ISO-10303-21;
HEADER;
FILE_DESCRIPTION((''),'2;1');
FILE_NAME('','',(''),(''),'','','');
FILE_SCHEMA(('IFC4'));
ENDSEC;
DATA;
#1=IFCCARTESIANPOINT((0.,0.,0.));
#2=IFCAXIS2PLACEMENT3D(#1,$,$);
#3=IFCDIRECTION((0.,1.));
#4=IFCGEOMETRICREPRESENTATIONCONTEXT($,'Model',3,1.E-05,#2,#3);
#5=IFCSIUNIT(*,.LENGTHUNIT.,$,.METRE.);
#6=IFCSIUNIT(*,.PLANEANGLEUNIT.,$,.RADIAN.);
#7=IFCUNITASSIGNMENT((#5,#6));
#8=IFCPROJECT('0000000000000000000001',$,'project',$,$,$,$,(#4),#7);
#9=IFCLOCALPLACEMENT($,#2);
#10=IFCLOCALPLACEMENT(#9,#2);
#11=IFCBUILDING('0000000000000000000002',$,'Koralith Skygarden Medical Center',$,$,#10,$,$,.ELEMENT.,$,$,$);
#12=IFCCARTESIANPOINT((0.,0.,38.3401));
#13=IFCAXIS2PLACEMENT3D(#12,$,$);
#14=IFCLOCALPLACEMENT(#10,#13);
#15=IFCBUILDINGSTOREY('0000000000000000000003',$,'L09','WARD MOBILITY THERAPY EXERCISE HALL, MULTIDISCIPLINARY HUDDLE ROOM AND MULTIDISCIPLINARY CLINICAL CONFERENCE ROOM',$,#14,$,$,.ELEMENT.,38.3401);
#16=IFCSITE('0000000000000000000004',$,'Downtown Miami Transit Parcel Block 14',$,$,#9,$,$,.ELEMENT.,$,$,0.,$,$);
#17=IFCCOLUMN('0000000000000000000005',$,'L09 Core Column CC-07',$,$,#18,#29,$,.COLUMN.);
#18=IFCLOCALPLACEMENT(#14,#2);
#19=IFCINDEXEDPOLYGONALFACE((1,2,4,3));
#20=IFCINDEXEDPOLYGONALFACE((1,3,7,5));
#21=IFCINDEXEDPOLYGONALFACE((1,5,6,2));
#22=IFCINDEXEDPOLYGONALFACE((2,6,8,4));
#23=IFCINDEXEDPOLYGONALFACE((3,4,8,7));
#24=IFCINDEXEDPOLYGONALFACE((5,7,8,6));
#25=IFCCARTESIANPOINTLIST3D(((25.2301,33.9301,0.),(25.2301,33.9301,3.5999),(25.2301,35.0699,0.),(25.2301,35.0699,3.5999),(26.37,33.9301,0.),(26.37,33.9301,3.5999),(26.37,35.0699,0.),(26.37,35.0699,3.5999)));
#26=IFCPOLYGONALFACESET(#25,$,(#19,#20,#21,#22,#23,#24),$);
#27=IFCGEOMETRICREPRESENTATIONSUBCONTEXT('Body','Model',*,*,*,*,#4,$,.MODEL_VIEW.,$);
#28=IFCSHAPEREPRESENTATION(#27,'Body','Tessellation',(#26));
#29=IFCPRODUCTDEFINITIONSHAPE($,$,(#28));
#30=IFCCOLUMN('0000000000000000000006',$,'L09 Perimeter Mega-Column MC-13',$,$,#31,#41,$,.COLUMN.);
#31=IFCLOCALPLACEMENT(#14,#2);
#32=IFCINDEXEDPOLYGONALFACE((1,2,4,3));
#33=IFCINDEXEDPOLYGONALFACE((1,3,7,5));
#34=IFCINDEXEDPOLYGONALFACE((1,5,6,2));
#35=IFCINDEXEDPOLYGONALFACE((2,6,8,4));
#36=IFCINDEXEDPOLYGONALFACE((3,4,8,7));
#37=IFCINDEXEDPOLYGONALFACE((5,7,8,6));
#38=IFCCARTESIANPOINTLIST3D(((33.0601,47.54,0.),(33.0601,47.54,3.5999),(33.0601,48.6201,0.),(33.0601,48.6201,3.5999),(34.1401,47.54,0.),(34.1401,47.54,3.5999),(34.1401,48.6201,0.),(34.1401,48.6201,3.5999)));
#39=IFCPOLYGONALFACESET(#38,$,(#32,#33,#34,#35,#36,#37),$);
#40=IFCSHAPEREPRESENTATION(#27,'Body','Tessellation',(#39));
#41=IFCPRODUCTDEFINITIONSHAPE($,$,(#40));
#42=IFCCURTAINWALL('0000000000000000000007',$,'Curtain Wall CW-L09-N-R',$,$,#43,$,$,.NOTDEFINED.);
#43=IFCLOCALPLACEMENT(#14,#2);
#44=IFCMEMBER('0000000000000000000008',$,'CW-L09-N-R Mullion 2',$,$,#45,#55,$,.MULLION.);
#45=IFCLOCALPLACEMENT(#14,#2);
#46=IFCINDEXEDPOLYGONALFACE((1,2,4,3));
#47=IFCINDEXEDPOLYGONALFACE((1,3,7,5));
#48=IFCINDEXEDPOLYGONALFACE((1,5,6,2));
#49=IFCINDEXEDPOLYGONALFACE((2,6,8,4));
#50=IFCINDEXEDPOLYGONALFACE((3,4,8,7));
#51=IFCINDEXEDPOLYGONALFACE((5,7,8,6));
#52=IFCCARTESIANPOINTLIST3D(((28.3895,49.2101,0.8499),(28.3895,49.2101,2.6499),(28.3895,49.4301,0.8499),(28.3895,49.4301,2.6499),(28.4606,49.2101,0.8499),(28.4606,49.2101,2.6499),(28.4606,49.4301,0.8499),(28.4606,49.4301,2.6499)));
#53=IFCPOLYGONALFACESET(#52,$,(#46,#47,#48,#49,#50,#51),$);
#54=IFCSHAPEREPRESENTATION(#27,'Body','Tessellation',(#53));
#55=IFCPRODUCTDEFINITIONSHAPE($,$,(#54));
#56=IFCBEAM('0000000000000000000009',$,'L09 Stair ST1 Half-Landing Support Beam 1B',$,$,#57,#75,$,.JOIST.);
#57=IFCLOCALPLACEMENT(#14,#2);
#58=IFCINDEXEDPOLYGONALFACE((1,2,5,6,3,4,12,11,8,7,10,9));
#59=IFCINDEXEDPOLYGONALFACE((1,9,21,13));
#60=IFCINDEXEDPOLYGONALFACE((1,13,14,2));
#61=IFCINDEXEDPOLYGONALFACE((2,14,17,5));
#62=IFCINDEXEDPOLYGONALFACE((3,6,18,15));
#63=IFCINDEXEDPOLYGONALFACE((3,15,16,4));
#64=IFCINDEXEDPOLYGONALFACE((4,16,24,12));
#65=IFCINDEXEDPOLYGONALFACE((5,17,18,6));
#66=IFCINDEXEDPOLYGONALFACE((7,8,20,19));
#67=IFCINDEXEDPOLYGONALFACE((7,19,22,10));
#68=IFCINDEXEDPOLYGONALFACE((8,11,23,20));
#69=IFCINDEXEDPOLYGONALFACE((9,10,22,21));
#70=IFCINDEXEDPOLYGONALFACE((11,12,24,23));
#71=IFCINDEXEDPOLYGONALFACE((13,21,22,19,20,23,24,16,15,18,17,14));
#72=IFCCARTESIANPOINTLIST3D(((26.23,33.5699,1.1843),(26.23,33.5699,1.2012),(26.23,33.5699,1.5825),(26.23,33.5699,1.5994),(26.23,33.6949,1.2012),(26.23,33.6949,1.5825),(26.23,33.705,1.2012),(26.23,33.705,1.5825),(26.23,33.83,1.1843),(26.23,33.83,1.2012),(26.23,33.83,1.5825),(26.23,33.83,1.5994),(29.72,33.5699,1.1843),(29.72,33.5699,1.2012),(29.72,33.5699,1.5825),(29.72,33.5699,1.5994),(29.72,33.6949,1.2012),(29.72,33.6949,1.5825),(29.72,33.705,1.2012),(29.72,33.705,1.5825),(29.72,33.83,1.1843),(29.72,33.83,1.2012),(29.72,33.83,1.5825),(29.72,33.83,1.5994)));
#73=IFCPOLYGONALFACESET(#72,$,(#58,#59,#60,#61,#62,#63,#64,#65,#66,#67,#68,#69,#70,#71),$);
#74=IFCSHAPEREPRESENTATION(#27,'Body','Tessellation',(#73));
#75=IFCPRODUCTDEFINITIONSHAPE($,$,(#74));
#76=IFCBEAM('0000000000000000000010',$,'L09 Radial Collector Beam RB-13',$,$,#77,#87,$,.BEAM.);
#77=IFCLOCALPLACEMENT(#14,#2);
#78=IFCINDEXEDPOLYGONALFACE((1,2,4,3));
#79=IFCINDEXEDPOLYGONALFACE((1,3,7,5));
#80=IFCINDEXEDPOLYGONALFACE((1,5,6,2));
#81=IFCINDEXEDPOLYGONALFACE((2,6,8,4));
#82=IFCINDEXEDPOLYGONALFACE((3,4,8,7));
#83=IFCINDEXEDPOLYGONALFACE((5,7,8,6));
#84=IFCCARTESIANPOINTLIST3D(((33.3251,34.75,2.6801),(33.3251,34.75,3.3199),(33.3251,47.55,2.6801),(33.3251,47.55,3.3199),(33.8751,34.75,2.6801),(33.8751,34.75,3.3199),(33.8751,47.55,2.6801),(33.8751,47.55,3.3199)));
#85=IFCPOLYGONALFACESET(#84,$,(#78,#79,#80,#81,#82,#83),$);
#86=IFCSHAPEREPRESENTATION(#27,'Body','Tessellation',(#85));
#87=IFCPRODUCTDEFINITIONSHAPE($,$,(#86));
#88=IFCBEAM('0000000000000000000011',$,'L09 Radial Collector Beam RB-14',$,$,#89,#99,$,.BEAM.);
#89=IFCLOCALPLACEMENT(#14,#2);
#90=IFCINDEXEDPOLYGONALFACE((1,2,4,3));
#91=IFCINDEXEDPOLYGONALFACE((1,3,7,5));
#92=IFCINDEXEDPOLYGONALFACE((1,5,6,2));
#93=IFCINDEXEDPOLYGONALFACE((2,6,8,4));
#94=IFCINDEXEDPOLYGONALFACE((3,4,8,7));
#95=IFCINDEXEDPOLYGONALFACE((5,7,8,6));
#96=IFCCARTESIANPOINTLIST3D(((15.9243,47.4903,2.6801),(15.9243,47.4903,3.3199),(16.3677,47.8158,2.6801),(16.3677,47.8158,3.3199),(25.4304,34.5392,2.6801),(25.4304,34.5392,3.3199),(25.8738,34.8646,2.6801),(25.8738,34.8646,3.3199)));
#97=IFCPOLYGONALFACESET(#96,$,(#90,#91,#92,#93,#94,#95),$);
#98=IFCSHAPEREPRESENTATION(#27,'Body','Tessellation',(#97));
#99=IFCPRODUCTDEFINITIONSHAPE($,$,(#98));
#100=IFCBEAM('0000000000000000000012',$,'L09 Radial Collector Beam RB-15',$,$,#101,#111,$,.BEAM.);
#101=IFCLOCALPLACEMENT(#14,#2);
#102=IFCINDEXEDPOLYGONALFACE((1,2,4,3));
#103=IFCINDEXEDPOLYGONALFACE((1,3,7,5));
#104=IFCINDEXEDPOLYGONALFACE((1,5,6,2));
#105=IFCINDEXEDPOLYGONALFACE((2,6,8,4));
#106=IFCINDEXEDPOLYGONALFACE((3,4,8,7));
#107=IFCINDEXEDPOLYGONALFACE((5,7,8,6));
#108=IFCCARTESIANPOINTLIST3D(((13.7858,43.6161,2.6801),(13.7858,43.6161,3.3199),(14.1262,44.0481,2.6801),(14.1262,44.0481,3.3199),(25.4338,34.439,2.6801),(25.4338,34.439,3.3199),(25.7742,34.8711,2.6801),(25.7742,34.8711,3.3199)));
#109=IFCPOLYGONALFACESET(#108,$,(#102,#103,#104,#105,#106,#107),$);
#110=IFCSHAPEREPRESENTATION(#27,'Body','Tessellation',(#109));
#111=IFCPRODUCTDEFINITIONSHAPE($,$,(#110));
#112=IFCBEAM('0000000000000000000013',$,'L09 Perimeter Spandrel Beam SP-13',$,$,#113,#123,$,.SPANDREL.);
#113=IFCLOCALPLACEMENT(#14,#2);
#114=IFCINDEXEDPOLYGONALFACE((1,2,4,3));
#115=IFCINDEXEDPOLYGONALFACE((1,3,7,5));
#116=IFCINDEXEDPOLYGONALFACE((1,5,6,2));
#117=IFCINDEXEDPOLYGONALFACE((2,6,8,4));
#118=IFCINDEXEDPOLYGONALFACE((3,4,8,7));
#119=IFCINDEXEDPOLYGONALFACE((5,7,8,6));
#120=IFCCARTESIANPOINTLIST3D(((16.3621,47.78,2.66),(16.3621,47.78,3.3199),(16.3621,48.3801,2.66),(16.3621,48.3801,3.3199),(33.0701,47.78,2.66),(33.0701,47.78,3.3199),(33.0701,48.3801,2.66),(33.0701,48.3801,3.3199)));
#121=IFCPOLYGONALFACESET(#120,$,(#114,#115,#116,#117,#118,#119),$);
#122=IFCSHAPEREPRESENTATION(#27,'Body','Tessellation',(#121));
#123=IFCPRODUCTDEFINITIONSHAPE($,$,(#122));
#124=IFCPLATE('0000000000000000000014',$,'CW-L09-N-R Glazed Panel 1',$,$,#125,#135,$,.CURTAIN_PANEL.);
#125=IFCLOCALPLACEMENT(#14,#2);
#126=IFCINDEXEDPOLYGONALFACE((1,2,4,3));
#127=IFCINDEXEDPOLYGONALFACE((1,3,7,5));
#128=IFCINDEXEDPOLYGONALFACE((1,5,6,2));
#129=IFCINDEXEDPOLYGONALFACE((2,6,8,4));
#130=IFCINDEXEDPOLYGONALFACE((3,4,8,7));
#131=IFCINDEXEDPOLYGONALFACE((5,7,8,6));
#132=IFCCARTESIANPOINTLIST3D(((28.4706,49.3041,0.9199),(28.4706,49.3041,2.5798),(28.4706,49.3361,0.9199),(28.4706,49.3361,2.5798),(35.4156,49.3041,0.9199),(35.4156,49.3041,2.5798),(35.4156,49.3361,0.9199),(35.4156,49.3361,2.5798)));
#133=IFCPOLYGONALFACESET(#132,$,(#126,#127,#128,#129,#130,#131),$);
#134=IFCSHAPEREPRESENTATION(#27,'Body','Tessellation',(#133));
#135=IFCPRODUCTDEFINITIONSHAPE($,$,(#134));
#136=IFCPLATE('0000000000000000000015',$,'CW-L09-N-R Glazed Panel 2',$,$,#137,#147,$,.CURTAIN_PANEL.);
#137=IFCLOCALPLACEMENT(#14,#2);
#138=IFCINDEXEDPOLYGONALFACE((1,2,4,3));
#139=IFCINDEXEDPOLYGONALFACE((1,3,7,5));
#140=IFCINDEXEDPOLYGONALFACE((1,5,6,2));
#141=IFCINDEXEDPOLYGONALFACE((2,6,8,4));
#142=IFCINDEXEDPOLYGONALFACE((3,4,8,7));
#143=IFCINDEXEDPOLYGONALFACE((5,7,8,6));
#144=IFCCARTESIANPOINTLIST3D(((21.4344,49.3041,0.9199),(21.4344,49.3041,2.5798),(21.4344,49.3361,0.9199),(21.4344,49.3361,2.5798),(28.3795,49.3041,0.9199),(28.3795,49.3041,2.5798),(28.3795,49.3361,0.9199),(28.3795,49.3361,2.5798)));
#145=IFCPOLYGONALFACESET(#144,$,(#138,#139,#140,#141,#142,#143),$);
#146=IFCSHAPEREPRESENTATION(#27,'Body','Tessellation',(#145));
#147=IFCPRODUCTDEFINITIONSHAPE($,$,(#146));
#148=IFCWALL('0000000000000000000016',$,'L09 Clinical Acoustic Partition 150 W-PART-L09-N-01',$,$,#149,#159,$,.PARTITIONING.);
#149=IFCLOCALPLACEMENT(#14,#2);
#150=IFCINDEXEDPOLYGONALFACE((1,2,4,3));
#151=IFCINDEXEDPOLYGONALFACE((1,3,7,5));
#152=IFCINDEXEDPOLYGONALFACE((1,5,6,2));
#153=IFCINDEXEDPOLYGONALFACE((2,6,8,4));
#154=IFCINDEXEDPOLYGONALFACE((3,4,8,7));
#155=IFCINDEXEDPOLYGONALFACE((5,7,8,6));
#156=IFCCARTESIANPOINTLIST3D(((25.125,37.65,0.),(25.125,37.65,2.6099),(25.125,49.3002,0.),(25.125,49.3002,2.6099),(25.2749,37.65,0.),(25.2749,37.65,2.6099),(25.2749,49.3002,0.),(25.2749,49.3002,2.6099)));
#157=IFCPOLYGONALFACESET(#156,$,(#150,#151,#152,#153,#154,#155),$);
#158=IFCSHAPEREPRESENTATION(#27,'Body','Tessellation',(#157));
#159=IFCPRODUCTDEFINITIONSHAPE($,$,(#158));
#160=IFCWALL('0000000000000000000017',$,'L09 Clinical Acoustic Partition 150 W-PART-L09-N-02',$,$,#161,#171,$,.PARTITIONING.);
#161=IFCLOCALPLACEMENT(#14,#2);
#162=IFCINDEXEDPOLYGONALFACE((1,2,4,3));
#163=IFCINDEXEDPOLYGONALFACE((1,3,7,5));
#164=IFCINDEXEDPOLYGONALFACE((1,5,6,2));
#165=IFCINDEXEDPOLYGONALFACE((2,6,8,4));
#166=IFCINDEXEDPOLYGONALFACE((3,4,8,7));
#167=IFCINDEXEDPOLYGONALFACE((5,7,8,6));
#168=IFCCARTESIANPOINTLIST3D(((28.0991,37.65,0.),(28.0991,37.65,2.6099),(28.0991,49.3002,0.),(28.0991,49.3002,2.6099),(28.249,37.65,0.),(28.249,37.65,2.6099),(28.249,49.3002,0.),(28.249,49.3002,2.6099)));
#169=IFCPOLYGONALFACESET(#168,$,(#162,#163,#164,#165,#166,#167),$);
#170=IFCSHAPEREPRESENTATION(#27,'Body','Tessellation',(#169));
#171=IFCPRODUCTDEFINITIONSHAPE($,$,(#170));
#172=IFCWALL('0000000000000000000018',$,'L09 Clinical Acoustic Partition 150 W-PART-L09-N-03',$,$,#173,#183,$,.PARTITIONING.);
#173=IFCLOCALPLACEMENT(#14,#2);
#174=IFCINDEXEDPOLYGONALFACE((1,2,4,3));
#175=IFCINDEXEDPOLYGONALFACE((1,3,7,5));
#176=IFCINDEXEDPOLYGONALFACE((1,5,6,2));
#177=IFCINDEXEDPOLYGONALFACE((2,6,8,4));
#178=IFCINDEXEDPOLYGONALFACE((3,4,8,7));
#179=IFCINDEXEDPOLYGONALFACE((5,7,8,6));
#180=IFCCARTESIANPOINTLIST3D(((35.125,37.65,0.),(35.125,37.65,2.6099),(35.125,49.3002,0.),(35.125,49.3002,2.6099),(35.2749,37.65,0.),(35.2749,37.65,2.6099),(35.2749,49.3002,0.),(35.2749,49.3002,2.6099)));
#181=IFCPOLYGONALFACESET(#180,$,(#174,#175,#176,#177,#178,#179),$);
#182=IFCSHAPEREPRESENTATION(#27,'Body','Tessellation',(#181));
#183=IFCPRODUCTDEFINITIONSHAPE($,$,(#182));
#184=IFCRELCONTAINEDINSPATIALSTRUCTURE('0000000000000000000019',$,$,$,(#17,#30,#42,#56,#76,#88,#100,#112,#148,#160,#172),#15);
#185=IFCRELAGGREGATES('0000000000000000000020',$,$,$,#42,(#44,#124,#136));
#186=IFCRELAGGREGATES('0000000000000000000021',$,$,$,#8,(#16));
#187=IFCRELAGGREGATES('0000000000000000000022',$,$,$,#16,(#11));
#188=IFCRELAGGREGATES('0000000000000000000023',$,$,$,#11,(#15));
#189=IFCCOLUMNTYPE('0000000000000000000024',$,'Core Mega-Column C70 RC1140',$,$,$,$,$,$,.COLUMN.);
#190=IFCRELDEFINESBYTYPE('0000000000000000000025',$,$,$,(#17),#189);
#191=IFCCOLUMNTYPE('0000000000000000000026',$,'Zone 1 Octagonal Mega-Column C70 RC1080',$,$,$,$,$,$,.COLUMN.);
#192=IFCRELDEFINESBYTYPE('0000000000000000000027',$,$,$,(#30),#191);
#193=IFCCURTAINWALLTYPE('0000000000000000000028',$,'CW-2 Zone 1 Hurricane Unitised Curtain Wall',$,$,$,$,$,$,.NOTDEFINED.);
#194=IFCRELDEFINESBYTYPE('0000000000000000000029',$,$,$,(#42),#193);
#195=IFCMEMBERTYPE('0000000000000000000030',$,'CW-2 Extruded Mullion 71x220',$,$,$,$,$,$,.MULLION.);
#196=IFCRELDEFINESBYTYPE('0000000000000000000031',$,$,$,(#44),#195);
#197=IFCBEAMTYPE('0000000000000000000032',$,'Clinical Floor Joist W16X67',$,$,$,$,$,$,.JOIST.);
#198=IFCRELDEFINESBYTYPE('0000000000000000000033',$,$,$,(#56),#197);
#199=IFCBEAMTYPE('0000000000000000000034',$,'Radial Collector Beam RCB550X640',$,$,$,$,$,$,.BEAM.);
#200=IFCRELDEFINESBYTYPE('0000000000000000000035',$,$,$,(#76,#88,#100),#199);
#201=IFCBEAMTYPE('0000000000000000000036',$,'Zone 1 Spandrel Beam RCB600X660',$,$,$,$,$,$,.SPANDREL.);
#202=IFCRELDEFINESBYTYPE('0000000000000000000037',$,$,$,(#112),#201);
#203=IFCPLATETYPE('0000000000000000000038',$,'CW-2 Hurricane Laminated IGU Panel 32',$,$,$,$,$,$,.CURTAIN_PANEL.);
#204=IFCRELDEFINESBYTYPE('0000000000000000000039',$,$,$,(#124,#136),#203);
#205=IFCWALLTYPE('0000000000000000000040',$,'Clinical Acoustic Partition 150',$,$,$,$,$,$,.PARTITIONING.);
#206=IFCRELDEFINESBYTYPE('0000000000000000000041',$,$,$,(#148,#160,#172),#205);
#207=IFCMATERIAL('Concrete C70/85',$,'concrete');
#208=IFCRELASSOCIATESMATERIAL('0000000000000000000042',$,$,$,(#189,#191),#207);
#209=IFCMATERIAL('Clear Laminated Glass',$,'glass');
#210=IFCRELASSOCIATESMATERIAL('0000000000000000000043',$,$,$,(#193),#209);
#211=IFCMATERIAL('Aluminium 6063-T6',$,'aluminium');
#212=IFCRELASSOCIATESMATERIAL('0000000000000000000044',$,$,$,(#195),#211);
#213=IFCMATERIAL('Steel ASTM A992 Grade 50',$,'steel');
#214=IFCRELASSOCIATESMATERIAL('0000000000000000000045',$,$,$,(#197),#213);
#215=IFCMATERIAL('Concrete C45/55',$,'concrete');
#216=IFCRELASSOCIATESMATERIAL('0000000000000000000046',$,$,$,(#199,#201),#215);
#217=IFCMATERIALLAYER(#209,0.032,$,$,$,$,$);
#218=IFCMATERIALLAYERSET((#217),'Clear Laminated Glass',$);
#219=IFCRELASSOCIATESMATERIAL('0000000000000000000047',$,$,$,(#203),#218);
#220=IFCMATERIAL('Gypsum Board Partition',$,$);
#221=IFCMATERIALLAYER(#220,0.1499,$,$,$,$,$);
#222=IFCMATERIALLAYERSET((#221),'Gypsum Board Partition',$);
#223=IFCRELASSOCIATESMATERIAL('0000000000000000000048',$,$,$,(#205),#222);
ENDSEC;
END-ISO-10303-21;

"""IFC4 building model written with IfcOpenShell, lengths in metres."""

from ifc_helpers import new_model, si_unit, direction, frame, frame_2d, origin, origin_2d, place, context, subcontext, project, spatial, rectangle, i_section, extrude, material, layer, layer_set, material_profile, profile_set, type_object, element, aggregate, save


model = new_model("IFC4")

# Units and contexts
model_context = context("Model", 3, precision=1e-05, world=origin(), true_north=direction((0.0, 1.0)))
body_context = subcontext(model_context, "Body", "Model", "MODEL_VIEW")
ifc_project = project(units=[si_unit("LENGTHUNIT", "METRE"), si_unit("PLANEANGLEUNIT", "RADIAN")], contexts=[model_context])

# Site, building, storey
site_placement = place(None, origin())
site = spatial("IfcSite", under=ifc_project, at=site_placement, Name="Downtown Miami Transit Parcel Block 14", CompositionType="ELEMENT", RefElevation=0.0)
building_placement = place(site_placement, origin())
building = spatial("IfcBuilding", under=site, at=building_placement, Name="Koralith Skygarden Medical Center", CompositionType="ELEMENT")
storey_placement = place(building_placement, frame((0.0, 0.0, 38.3401)))
storey = spatial("IfcBuildingStorey", under=building, at=storey_placement, Name="L09", Description="WARD MOBILITY THERAPY EXERCISE HALL, MULTIDISCIPLINARY HUDDLE ROOM AND MULTIDISCIPLINARY CLINICAL CONFERENCE ROOM", CompositionType="ELEMENT", Elevation=38.3401)

# Columns
ifc_material_1 = material(Name="Concrete C70/85", Category="concrete")
ifc_material_profile_1 = material_profile(ifc_material_1, rectangle(XDim=1.1399, YDim=1.1399, at=origin_2d()), Name="RC1140X1140")
ifc_profile_set_1 = profile_set([ifc_material_profile_1], Name="Concrete C70/85")
column_type_1 = type_object("IfcColumnType", Name="Core Mega-Column C70 RC1140", PredefinedType="COLUMN", material=ifc_profile_set_1)
column_1_placement = place(storey_placement, frame((25.8, 34.5, 0.0), z_axis=(0.0, 0.0, 1.0), x_axis=(1.0, 0.0, 0.0)))
element("IfcColumn", 1, at=column_1_placement, inside=storey, type_object=column_type_1, Name="L09 Core Column CC-07", PredefinedType="COLUMN", context=body_context, shape_type="SweptSolid", body=[
    extrude(rectangle(XDim=1.1399, YDim=1.1399, at=origin_2d()), origin(), (0.0, 0.0, 1.0), 3.5999),
])
ifc_material_profile_2 = material_profile(ifc_material_1, rectangle(XDim=1.0801, YDim=1.0801, at=origin_2d()), Name="RC1080X1080")
ifc_profile_set_2 = profile_set([ifc_material_profile_2], Name="Concrete C70/85")
column_type_2 = type_object("IfcColumnType", Name="Zone 1 Octagonal Mega-Column C70 RC1080", PredefinedType="COLUMN", material=ifc_profile_set_2)
column_2_placement = place(storey_placement, frame((33.6001, 48.0801, 0.0), z_axis=(0.0, 0.0, 1.0), x_axis=(1.0, 0.0, 0.0)))
element("IfcColumn", 2, at=column_2_placement, inside=storey, type_object=column_type_2, Name="L09 Perimeter Mega-Column MC-13", PredefinedType="COLUMN", context=body_context, shape_type="SweptSolid", body=[
    extrude(rectangle(XDim=1.0801, YDim=1.0801, at=origin_2d()), origin(), (0.0, 0.0, 1.0), 3.5999),
])

# Curtain wall, member
ifc_material_2 = material(Name="Clear Laminated Glass", Category="glass")
curtain_wall_type = type_object("IfcCurtainWallType", Name="CW-2 Zone 1 Hurricane Unitised Curtain Wall", PredefinedType="NOTDEFINED", material=ifc_material_2)
curtain_wall_placement = place(storey_placement, origin())
curtain_wall = element("IfcCurtainWall", 3, at=curtain_wall_placement, inside=storey, type_object=curtain_wall_type, Name="Curtain Wall CW-L09-N-R", PredefinedType="NOTDEFINED")
ifc_material_3 = material(Name="Aluminium 6063-T6", Category="aluminium")
ifc_material_profile_3 = material_profile(ifc_material_3, rectangle(XDim=0.071, YDim=0.22, at=origin_2d()), Name="MUL71X220")
ifc_profile_set_3 = profile_set([ifc_material_profile_3], Name="Aluminium 6063-T6")
member_type = type_object("IfcMemberType", Name="CW-2 Extruded Mullion 71x220", PredefinedType="MULLION", material=ifc_profile_set_3)
member_placement = place(storey_placement, frame((28.425, 49.3201, 0.8499), z_axis=(0.0, 0.0, 1.0), x_axis=(1.0, 0.0, 0.0)))
member = element("IfcMember", 4, at=member_placement, type_object=member_type, Name="CW-L09-N-R Mullion 2", PredefinedType="MULLION", context=body_context, shape_type="SweptSolid", body=[
    extrude(rectangle(XDim=0.071, YDim=0.22, at=origin_2d()), origin(), (0.0, 0.0, 1.0), 1.8),
])

# Beams
ifc_material_4 = material(Name="Steel ASTM A992 Grade 50", Category="steel")
ifc_material_profile_4 = material_profile(ifc_material_4, i_section(OverallWidth=0.26, OverallDepth=0.415, WebThickness=0.01, FlangeThickness=0.0168, at=origin_2d()), Name="W16X67")
ifc_profile_set_4 = profile_set([ifc_material_profile_4], Name="Steel ASTM A992 Grade 50")
beam_type_1 = type_object("IfcBeamType", Name="Clinical Floor Joist W16X67", PredefinedType="JOIST", material=ifc_profile_set_4)
beam_1_placement = place(storey_placement, frame((26.23, 33.7, 1.3918), z_axis=(1.0, 0.0, 0.0), x_axis=(0.0, 1.0, 0.0)))
element("IfcBeam", 5, at=beam_1_placement, inside=storey, type_object=beam_type_1, Name="L09 Stair ST1 Half-Landing Support Beam 1B", PredefinedType="JOIST", context=body_context, shape_type="SweptSolid", body=[
    extrude(i_section(OverallWidth=0.26, OverallDepth=0.415, WebThickness=0.01, FlangeThickness=0.0168, at=origin_2d()), origin(), (0.0, 0.0, 1.0), 3.49),
])
ifc_material_5 = material(Name="Concrete C45/55", Category="concrete")
ifc_material_profile_5 = material_profile(ifc_material_5, rectangle(XDim=0.55, YDim=0.6399, at=origin_2d()), Name="RCB550X640")
ifc_profile_set_5 = profile_set([ifc_material_profile_5], Name="Concrete C45/55")
beam_type_2 = type_object("IfcBeamType", Name="Radial Collector Beam RCB550X640", PredefinedType="BEAM", material=ifc_profile_set_5)
beam_2_placement = place(storey_placement, frame((33.6001, 34.75, 3.0), z_axis=(0.0, 1.0, 0.0), x_axis=(-1.0, 0.0, 0.0)))
element("IfcBeam", 6, at=beam_2_placement, inside=storey, type_object=beam_type_2, Name="L09 Radial Collector Beam RB-13", PredefinedType="BEAM", context=body_context, shape_type="SweptSolid", body=[
    extrude(rectangle(XDim=0.55, YDim=0.6399, at=origin_2d()), origin(), (0.0, 0.0, 1.0), 12.8),
])
beam_3_placement = place(storey_placement, frame((25.6521, 34.7019, 3.0), z_axis=(-0.591711, 0.80615, 0.0), x_axis=(-0.80615, -0.591711, 0.0)))
element("IfcBeam", 7, at=beam_3_placement, inside=storey, type_object=beam_type_2, Name="L09 Radial Collector Beam RB-14", PredefinedType="BEAM", context=body_context, shape_type="SweptSolid", body=[
    extrude(rectangle(XDim=0.55, YDim=0.6399, at=origin_2d()), origin(), (0.0, 0.0, 1.0), 16.0654),
])
beam_4_placement = place(storey_placement, frame((25.604, 34.655, 3.0), z_axis=(-0.785497, 0.618865, 0.0), x_axis=(-0.618865, -0.785497, 0.0)))
element("IfcBeam", 8, at=beam_4_placement, inside=storey, type_object=beam_type_2, Name="L09 Radial Collector Beam RB-15", PredefinedType="BEAM", context=body_context, shape_type="SweptSolid", body=[
    extrude(rectangle(XDim=0.55, YDim=0.6399, at=origin_2d()), origin(), (0.0, 0.0, 1.0), 14.8289),
])
ifc_material_profile_6 = material_profile(ifc_material_5, rectangle(XDim=0.6001, YDim=0.6599, at=origin_2d()), Name="RCB600X660")
ifc_profile_set_6 = profile_set([ifc_material_profile_6], Name="Concrete C45/55")
beam_type_3 = type_object("IfcBeamType", Name="Zone 1 Spandrel Beam RCB600X660", PredefinedType="SPANDREL", material=ifc_profile_set_6)
beam_5_placement = place(storey_placement, frame((33.0701, 48.0801, 2.99), z_axis=(-1.0, 0.0, 0.0), x_axis=(0.0, -1.0, 0.0)))
element("IfcBeam", 9, at=beam_5_placement, inside=storey, type_object=beam_type_3, Name="L09 Perimeter Spandrel Beam SP-13", PredefinedType="SPANDREL", context=body_context, shape_type="SweptSolid", body=[
    extrude(rectangle(XDim=0.6001, YDim=0.6599, at=origin_2d()), origin(), (0.0, 0.0, 1.0), 16.708),
])

# Plates
ifc_layer_1 = layer(ifc_material_2, 0.032)
ifc_layer_set_1 = layer_set([ifc_layer_1], Name="Clear Laminated Glass")
plate_type = type_object("IfcPlateType", Name="CW-2 Hurricane Laminated IGU Panel 32", PredefinedType="CURTAIN_PANEL", material=ifc_layer_set_1)
plate_1_placement = place(storey_placement, frame((31.9431, 49.3201, 0.9199), z_axis=(0.0, 0.0, 1.0), x_axis=(-1.0, 0.0, 0.0)))
plate_1 = element("IfcPlate", 10, at=plate_1_placement, type_object=plate_type, Name="CW-L09-N-R Glazed Panel 1", PredefinedType="CURTAIN_PANEL", context=body_context, shape_type="SweptSolid", body=[
    extrude(rectangle(XDim=6.9451, YDim=0.032, at=origin_2d()), origin(), (0.0, 0.0, 1.0), 1.6599),
])
plate_2_placement = place(storey_placement, frame((24.907, 49.3201, 0.9199), z_axis=(0.0, 0.0, 1.0), x_axis=(-1.0, 0.0, 0.0)))
plate_2 = element("IfcPlate", 11, at=plate_2_placement, type_object=plate_type, Name="CW-L09-N-R Glazed Panel 2", PredefinedType="CURTAIN_PANEL", context=body_context, shape_type="SweptSolid", body=[
    extrude(rectangle(XDim=6.9451, YDim=0.032, at=origin_2d()), origin(), (0.0, 0.0, 1.0), 1.6599),
])
aggregate(curtain_wall, [member, plate_1, plate_2])

# Walls
ifc_material_6 = material(Name="Gypsum Board Partition")
ifc_layer_2 = layer(ifc_material_6, 0.1499)
ifc_layer_set_2 = layer_set([ifc_layer_2], Name="Gypsum Board Partition")
wall_type_1 = type_object("IfcWallType", Name="Clinical Acoustic Partition 150", PredefinedType="PARTITIONING", material=ifc_layer_set_2)
for number, where, z_axis, x_axis, name in (
    (12, (25.2, 37.6499, 0.0), (0.0, 0.0, 1.0), (0.0, 1.0, 0.0), "L09 Clinical Acoustic Partition 150 W-PART-L09-N-01"),
    (13, (28.1741, 37.6499, 0.0), (0.0, 0.0, 1.0), (0.0, 1.0, 0.0), "L09 Clinical Acoustic Partition 150 W-PART-L09-N-02"),
    (14, (35.2, 37.6499, 0.0), (0.0, 0.0, 1.0), (0.0, 1.0, 0.0), "L09 Clinical Acoustic Partition 150 W-PART-L09-N-03"),
):
    element("IfcWall", number, at=place(storey_placement, frame(where, z_axis=z_axis, x_axis=x_axis)), inside=storey, type_object=wall_type_1, Name=name, PredefinedType="PARTITIONING", context=body_context, shape_type="SweptSolid", body=[
        extrude(rectangle(XDim=11.6501, YDim=0.1499, at=frame_2d((5.8252, 0.0))), origin(), (0.0, 0.0, 1.0), 2.6099),
    ])

save(model, "model.ifc")
